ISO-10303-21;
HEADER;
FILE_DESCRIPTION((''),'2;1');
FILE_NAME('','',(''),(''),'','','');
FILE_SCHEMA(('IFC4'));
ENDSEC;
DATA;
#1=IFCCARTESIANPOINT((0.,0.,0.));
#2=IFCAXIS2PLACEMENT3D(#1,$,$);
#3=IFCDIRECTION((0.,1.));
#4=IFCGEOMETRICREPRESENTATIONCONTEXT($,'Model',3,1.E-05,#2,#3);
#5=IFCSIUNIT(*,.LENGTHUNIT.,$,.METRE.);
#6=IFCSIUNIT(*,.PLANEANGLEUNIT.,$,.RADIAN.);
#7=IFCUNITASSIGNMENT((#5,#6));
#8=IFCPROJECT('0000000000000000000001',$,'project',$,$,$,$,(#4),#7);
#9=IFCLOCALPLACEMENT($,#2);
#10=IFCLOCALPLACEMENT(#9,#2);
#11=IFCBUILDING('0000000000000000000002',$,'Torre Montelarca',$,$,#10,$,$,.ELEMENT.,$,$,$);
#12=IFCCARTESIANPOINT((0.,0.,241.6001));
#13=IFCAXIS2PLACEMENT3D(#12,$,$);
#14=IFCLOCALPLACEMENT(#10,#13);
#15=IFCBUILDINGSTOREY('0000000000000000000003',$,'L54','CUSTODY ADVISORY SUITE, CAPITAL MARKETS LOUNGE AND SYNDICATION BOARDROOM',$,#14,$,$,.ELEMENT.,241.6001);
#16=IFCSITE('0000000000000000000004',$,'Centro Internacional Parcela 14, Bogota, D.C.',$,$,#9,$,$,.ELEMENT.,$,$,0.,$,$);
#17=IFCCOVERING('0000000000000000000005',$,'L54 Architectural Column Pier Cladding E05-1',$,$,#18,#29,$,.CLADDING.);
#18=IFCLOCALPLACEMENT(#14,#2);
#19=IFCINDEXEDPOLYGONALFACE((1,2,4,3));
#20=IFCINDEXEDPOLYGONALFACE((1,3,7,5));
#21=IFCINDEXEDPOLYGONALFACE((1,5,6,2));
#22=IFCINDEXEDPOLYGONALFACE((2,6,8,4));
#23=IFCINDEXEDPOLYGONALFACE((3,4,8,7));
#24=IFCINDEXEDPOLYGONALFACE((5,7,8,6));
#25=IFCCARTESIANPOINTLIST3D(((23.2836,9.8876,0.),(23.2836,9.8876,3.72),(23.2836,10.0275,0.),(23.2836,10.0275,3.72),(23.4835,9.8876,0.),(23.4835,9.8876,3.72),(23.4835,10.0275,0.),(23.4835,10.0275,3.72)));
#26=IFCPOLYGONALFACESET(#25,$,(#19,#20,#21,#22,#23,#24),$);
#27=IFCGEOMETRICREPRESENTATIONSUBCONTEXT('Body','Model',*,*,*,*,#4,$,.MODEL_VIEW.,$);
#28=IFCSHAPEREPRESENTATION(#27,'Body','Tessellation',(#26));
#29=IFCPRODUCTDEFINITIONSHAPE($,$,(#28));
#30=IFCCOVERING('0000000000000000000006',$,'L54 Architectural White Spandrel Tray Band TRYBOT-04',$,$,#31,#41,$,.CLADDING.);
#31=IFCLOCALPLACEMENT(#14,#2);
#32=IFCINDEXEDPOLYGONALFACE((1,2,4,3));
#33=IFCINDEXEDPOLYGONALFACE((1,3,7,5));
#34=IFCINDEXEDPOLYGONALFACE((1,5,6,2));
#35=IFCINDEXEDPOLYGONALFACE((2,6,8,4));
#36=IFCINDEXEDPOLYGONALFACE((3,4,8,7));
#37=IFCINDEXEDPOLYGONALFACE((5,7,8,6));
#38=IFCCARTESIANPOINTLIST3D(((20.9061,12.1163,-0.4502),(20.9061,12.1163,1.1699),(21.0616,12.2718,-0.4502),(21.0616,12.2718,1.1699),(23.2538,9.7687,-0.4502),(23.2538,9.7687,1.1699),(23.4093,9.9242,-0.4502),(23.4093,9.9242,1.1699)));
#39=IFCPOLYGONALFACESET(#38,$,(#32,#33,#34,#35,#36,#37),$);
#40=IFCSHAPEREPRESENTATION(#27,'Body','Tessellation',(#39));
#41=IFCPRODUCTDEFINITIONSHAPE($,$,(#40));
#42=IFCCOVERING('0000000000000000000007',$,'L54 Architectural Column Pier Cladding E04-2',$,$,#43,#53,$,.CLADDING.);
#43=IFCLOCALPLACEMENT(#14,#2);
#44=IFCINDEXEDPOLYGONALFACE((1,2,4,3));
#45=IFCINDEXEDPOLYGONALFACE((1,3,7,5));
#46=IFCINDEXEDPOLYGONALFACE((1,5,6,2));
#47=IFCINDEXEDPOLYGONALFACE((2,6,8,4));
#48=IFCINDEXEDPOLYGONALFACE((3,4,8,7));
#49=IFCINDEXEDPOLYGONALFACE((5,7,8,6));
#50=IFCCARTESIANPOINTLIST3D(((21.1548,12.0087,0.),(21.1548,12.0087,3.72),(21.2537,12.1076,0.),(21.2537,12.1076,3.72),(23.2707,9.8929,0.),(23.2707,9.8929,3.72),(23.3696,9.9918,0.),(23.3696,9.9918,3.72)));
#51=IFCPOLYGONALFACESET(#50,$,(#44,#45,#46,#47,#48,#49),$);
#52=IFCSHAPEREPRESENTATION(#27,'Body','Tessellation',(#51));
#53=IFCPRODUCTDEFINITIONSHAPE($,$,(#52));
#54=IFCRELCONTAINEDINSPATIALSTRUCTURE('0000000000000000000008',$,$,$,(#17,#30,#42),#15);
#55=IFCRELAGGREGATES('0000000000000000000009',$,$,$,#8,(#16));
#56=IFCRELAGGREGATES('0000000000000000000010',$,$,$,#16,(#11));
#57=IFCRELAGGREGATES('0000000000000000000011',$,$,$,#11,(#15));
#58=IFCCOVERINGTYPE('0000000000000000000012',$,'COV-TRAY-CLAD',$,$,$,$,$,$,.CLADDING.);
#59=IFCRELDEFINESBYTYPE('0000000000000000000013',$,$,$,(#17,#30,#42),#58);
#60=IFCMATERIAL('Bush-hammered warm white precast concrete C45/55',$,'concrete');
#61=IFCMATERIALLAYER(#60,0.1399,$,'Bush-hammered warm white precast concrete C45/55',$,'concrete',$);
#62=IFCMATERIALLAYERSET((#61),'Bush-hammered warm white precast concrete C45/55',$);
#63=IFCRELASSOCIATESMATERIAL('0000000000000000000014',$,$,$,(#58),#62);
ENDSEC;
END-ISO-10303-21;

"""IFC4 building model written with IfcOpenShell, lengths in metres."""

from ifc_helpers import new_model, si_unit, direction, frame, origin, origin_2d, place, context, subcontext, project, spatial, rectangle, extrude, source, transform, mapped, material, layer, layer_set, type_object, element, save


model = new_model("IFC4")

# Units and contexts
model_context = context("Model", 3, precision=1e-05, world=origin(), true_north=direction((0.0, 1.0)))
body_context = subcontext(model_context, "Body", "Model", "MODEL_VIEW")
ifc_project = project(units=[si_unit("LENGTHUNIT", "METRE"), si_unit("PLANEANGLEUNIT", "RADIAN")], contexts=[model_context])

# Site, building, storey
site_placement = place(None, origin())
site = spatial("IfcSite", under=ifc_project, at=site_placement, Name="Centro Internacional Parcela 14, Bogota, D.C.", CompositionType="ELEMENT", RefElevation=0.0)
building_placement = place(site_placement, origin())
building = spatial("IfcBuilding", under=site, at=building_placement, Name="Torre Montelarca", CompositionType="ELEMENT")
storey_placement = place(building_placement, frame((0.0, 0.0, 241.6001)))
storey = spatial("IfcBuildingStorey", under=building, at=storey_placement, Name="L54", Description="CUSTODY ADVISORY SUITE, CAPITAL MARKETS LOUNGE AND SYNDICATION BOARDROOM", CompositionType="ELEMENT", Elevation=241.6001)

# Coverings
ifc_material_1 = material(Name="Bush-hammered warm white precast concrete C45/55", Category="concrete")
ifc_layer_1 = layer(ifc_material_1, 0.1399, Name="Bush-hammered warm white precast concrete C45/55", Category="concrete")
ifc_layer_set_1 = layer_set([ifc_layer_1], Name="Bush-hammered warm white precast concrete C45/55")
covering_type = type_object("IfcCoveringType", Name="COV-TRAY-CLAD", PredefinedType="CLADDING", material=ifc_layer_set_1)
shared_shape_1 = source(origin(), body_context, "Body", "SweptSolid", [
    extrude(rectangle(XDim=0.2, YDim=0.1399, at=origin_2d()), origin(), (0.0, 0.0, 1.0), 3.72),
])
for number, where, z_axis, x_axis, name in (
    (1, (23.3835, 9.9575, 0.0), (0.0, 0.0, 1.0), (1.0, 0.0, 0.0), "L54 Architectural Column Pier Cladding E05-1"),
):
    element("IfcCovering", number, at=place(storey_placement, frame(where, z_axis=z_axis, x_axis=x_axis)), inside=storey, type_object=covering_type, Name=name, PredefinedType="CLADDING", context=body_context, shape_type="MappedRepresentation", body=[
        mapped(shared_shape_1, transform((0.0, 0.0, 0.0), scale=1.0)),
    ])
shared_shape_2 = source(origin(), body_context, "Body", "SweptSolid", [
    extrude(rectangle(XDim=3.3201, YDim=0.22, at=origin_2d()), origin(), (0.0, 0.0, 1.0), 1.6201),
])
covering_1_placement = place(storey_placement, frame((22.1577, 11.0203, -0.4502), z_axis=(0.0, 0.0, 1.0), x_axis=(0.707123, -0.707091, 0.0)))
element("IfcCovering", 2, at=covering_1_placement, inside=storey, type_object=covering_type, Name="L54 Architectural White Spandrel Tray Band TRYBOT-04", PredefinedType="CLADDING", context=body_context, shape_type="MappedRepresentation", body=[
    mapped(shared_shape_2, transform((0.0, 0.0, 0.0), scale=1.0)),
])
shared_shape_3 = source(origin(), body_context, "Body", "SweptSolid", [
    extrude(rectangle(XDim=2.9922, YDim=0.1399, at=origin_2d()), origin(), (0.0, 0.0, 1.0), 3.72),
])
covering_2_placement = place(storey_placement, frame((22.2622, 11.0002, 0.0), z_axis=(0.0, 0.0, 1.0), x_axis=(0.707124, -0.70709, 0.0)))
element("IfcCovering", 3, at=covering_2_placement, inside=storey, type_object=covering_type, Name="L54 Architectural Column Pier Cladding E04-2", PredefinedType="CLADDING", context=body_context, shape_type="MappedRepresentation", body=[
    mapped(shared_shape_3, transform((0.0, 0.0, 0.0), scale=1.0)),
])

save(model, "model.ifc")
